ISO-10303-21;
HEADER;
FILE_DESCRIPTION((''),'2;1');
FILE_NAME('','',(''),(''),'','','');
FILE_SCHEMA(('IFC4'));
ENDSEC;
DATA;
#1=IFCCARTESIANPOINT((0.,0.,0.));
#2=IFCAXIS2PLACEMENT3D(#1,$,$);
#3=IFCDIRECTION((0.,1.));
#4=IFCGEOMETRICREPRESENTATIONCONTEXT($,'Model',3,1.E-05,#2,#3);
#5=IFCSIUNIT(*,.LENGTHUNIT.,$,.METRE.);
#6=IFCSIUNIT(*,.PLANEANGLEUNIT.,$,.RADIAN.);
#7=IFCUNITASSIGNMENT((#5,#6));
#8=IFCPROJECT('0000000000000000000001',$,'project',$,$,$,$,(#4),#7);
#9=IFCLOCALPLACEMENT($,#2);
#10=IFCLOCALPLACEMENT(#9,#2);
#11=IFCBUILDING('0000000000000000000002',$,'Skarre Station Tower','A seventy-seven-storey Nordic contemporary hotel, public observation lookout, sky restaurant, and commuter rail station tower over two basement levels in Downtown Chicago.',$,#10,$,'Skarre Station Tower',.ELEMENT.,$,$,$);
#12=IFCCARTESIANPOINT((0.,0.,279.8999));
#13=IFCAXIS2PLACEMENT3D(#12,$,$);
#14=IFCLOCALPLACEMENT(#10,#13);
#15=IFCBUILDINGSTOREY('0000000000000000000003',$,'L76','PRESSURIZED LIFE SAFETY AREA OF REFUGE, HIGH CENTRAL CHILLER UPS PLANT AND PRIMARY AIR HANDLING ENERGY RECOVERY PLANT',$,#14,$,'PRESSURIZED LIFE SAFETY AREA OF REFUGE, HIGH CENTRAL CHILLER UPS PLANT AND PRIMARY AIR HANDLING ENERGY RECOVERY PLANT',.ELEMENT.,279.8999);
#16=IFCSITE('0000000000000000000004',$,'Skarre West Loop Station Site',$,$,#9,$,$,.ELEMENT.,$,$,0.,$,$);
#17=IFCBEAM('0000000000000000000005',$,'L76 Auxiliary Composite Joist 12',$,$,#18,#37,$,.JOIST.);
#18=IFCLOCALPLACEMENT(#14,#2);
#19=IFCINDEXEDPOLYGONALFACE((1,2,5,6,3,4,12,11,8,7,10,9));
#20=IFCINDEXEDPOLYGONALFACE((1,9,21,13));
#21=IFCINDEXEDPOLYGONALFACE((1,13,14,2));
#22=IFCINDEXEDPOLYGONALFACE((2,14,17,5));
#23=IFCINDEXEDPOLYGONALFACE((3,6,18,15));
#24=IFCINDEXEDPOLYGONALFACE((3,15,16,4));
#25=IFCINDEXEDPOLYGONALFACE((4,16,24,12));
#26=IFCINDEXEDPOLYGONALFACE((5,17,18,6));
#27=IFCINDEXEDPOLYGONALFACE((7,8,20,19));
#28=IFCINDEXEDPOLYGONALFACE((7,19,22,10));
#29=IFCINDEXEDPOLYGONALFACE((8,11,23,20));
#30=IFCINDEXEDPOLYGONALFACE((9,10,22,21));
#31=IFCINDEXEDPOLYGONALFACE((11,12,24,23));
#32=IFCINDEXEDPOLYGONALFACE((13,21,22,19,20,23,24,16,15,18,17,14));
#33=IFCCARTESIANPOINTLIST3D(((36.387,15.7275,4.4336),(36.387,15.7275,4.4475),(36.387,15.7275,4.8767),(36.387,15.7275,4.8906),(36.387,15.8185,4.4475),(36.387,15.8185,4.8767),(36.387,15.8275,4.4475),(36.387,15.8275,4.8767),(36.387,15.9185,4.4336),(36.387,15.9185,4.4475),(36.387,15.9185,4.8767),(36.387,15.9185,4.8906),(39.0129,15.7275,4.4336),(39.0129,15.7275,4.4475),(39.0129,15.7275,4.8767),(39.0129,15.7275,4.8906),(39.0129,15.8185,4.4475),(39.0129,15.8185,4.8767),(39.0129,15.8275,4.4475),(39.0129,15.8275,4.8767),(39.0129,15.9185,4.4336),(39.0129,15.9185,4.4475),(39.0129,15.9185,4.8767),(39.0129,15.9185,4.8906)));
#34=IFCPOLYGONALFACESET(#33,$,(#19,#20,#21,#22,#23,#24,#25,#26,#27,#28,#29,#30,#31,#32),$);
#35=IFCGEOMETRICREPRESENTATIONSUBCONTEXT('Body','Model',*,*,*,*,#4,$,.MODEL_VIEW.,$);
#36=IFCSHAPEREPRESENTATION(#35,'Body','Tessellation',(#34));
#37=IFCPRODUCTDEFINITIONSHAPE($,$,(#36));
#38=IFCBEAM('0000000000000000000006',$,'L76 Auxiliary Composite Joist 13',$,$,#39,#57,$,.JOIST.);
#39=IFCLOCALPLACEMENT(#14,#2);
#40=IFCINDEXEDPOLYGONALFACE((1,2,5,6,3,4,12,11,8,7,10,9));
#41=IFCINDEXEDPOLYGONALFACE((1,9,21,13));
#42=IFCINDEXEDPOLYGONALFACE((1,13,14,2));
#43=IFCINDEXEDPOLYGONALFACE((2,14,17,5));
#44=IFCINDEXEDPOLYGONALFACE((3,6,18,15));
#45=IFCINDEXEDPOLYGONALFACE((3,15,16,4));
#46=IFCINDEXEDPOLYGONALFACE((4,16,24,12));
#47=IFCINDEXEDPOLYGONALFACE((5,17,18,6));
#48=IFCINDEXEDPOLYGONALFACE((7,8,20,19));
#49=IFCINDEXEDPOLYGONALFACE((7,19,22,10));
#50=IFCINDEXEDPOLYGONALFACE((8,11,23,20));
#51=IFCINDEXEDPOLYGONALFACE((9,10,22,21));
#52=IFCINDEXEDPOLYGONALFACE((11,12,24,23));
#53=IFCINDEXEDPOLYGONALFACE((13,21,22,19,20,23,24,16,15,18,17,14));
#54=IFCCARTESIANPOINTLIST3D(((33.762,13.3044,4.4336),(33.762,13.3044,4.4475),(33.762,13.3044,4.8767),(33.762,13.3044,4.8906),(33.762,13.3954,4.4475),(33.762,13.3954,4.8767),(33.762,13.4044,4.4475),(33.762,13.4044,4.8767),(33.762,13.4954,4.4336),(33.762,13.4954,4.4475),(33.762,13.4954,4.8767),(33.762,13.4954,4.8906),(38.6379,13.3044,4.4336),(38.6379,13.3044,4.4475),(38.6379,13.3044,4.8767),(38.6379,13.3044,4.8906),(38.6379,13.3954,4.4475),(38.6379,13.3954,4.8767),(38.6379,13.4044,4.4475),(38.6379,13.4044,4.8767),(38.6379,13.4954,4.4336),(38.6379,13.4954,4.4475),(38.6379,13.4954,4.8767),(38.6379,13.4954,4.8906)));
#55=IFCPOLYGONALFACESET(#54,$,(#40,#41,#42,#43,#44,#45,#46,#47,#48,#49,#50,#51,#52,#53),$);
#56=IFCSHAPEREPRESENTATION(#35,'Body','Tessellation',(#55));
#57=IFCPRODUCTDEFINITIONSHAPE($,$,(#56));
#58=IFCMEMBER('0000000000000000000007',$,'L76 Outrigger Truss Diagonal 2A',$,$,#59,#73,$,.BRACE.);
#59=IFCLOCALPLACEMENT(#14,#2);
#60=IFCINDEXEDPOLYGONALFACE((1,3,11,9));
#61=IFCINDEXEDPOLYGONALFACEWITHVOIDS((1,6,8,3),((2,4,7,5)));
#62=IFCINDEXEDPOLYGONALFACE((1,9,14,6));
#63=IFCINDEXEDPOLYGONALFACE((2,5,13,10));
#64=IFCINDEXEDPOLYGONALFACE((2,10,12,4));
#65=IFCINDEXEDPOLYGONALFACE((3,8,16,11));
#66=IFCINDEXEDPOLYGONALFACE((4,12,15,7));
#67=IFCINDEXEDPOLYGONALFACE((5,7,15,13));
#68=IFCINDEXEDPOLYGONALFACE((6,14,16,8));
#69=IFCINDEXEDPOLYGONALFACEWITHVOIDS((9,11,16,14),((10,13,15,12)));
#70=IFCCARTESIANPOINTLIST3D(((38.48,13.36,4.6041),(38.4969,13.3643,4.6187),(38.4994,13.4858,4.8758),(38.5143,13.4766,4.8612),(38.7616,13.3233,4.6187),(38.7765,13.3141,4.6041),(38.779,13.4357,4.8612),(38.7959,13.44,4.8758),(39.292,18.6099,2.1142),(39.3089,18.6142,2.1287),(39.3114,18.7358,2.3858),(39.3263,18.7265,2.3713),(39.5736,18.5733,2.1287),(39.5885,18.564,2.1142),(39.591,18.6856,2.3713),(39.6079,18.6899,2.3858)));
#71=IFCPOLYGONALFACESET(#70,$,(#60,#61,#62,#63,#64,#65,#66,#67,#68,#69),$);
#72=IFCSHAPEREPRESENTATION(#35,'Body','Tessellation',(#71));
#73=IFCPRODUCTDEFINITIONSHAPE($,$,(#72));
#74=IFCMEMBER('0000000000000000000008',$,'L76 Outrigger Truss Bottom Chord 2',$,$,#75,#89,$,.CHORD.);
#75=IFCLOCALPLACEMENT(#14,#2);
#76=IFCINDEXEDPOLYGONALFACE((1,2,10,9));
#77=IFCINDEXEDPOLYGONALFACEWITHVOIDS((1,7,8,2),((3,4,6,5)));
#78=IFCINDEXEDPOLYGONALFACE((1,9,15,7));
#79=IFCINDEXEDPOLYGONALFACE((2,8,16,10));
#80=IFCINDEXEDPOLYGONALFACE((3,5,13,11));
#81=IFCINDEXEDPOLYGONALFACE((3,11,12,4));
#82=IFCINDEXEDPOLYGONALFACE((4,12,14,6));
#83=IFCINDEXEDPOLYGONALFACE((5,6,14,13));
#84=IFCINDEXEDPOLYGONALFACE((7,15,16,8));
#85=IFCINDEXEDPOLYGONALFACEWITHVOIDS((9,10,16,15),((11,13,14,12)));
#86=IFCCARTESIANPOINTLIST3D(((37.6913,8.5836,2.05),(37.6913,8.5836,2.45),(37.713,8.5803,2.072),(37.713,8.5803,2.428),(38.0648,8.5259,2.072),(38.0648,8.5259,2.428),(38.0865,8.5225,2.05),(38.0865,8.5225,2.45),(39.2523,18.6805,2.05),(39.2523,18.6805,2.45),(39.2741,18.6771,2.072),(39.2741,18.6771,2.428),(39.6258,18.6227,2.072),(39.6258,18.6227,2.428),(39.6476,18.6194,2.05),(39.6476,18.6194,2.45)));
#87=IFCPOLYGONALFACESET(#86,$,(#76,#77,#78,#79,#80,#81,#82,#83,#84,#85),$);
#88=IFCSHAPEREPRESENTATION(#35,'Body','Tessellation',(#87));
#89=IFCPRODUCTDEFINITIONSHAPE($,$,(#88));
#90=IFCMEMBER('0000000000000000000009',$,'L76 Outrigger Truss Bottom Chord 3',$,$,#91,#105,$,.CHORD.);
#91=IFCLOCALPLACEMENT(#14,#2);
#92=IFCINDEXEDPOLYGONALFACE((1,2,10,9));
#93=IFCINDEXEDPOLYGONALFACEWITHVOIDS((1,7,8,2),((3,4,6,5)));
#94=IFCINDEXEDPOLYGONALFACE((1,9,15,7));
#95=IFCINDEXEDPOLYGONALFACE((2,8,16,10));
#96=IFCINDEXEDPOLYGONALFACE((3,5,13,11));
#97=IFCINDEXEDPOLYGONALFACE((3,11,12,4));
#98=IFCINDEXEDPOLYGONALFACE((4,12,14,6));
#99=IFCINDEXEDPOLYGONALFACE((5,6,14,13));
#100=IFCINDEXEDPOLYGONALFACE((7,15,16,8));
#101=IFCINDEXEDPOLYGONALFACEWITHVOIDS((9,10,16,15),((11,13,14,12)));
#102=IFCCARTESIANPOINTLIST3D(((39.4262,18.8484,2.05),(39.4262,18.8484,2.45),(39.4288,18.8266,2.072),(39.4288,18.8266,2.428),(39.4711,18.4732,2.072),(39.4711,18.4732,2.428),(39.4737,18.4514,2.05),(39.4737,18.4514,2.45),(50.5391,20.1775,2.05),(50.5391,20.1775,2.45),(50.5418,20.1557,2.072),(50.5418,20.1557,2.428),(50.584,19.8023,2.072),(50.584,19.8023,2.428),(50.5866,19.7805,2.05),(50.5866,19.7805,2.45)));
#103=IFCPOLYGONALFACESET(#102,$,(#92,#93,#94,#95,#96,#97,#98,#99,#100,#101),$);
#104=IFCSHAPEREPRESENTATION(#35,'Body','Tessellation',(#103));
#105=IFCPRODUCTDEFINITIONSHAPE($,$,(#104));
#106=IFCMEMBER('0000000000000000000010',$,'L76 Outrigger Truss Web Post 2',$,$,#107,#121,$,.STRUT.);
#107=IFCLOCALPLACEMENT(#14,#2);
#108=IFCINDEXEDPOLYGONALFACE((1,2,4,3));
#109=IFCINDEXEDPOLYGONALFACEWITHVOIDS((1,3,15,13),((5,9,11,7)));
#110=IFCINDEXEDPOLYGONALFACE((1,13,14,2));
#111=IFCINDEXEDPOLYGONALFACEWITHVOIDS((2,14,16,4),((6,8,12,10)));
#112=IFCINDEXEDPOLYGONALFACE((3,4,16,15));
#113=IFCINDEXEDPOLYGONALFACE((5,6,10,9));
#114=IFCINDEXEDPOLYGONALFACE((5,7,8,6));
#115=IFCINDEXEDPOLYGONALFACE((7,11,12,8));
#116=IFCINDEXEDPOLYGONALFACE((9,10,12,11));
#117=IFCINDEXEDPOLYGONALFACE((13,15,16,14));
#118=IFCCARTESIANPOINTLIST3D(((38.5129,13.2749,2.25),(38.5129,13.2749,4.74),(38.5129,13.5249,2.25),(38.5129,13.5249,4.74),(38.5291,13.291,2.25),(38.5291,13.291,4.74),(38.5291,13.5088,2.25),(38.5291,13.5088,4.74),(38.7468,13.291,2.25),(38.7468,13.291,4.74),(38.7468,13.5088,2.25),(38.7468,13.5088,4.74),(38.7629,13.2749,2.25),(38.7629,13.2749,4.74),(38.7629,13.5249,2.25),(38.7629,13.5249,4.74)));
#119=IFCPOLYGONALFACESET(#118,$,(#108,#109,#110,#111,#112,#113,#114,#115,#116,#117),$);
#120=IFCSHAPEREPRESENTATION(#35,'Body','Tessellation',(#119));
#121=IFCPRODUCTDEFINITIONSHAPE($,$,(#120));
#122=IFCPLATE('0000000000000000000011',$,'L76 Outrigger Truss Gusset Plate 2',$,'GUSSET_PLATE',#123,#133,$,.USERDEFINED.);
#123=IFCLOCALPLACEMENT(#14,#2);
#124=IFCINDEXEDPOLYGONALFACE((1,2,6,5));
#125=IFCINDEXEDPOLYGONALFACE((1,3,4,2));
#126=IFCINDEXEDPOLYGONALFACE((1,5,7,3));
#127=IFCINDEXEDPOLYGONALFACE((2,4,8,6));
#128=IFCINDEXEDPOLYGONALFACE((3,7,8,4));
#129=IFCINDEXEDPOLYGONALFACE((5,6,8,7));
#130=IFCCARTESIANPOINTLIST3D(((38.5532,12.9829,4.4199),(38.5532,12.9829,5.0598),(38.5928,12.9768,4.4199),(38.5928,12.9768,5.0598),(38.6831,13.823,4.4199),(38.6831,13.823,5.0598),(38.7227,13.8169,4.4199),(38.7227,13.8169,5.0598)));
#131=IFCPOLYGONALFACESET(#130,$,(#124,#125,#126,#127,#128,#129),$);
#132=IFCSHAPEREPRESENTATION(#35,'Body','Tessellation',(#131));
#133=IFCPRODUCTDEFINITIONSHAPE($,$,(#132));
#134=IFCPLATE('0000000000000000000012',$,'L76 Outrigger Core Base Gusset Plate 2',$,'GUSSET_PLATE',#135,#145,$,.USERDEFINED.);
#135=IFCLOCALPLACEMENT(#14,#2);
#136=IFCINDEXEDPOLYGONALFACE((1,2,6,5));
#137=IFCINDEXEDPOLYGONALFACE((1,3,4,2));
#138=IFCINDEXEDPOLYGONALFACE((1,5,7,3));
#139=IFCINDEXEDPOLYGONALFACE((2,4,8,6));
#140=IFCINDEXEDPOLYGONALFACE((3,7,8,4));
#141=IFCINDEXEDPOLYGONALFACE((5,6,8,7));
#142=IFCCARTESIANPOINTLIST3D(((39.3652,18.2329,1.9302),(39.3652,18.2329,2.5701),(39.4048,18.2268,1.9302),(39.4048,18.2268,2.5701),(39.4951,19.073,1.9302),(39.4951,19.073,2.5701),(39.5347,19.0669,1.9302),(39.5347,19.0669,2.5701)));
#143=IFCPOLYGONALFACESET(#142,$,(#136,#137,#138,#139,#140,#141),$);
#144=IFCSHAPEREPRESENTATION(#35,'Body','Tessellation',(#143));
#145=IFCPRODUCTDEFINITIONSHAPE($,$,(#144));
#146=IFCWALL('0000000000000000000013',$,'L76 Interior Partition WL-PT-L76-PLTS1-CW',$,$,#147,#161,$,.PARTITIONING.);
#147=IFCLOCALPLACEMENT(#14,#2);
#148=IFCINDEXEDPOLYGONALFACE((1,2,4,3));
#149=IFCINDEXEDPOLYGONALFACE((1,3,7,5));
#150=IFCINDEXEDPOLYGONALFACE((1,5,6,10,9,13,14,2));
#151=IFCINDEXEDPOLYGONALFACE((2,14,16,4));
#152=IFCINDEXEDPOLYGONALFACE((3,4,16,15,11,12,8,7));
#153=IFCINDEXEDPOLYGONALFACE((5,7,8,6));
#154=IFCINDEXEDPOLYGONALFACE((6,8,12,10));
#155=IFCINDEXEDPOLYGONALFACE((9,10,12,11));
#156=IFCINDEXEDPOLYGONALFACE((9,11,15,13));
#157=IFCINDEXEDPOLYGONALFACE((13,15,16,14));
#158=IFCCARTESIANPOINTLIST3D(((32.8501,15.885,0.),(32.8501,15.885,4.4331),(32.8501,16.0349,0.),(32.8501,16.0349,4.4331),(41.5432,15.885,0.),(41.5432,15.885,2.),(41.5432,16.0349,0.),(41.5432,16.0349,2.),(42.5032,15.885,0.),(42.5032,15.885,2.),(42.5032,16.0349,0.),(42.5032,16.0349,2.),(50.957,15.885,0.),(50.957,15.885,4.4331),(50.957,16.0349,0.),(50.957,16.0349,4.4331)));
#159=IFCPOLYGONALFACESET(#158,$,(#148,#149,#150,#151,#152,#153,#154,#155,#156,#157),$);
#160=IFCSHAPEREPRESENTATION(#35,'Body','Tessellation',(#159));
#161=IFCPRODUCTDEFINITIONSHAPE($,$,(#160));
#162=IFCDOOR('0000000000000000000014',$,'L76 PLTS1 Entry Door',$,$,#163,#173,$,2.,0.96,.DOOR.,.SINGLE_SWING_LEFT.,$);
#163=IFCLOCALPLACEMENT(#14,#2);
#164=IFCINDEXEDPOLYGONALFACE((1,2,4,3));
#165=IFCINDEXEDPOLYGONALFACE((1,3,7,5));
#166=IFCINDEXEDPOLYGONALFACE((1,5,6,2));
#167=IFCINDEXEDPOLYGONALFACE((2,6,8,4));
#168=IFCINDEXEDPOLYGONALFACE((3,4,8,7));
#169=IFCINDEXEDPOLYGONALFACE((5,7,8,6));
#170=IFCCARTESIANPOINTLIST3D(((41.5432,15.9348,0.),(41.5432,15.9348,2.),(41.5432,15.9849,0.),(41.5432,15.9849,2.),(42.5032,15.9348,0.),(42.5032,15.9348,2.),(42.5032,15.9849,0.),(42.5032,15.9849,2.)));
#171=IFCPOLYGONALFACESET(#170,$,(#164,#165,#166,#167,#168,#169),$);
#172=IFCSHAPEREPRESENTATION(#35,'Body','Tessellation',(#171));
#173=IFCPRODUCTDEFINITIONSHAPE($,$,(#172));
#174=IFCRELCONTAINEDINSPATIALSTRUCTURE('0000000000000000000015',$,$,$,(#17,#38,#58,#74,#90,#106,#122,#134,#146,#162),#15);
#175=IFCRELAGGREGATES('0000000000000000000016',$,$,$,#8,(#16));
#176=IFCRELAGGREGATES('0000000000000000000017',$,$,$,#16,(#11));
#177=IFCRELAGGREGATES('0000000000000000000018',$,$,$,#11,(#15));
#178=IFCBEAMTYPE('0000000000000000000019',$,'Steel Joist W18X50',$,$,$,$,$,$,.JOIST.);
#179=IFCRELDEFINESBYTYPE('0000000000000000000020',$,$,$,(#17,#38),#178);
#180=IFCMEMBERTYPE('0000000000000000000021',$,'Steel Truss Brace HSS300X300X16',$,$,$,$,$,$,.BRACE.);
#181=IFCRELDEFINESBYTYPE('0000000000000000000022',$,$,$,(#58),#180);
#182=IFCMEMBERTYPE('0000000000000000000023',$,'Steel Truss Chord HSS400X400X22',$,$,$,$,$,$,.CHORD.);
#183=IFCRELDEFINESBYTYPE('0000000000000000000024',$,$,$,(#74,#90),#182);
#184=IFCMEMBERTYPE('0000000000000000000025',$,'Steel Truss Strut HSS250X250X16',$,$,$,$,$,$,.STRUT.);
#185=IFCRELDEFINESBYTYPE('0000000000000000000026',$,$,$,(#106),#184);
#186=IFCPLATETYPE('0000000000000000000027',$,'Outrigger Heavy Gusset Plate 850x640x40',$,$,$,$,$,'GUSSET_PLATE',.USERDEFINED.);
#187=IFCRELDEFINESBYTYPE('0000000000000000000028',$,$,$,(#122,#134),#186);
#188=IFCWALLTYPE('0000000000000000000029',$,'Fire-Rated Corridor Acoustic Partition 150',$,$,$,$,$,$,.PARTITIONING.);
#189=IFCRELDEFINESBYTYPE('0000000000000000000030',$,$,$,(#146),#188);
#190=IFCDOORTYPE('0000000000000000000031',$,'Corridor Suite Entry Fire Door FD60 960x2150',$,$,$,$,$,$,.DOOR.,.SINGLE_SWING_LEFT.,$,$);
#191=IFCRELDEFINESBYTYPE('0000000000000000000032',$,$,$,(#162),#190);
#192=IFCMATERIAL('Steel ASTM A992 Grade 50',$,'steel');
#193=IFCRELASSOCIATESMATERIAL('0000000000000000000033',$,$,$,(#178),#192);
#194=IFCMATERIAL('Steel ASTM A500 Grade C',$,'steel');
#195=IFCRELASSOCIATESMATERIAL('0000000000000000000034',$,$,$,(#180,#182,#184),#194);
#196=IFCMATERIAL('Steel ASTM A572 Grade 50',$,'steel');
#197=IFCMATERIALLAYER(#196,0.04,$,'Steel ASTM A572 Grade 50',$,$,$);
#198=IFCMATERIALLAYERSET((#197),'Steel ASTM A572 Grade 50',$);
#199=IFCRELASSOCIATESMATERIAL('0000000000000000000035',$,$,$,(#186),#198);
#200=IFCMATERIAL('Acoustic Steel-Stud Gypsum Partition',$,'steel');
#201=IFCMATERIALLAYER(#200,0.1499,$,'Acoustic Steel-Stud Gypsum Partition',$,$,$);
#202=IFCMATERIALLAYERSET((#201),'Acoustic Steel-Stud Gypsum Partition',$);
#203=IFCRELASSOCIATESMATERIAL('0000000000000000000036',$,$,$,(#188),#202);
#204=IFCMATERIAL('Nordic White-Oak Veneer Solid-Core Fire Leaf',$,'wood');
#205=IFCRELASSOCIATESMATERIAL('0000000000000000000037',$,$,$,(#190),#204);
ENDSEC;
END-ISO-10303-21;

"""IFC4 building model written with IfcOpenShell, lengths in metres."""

from ifc_helpers import new_model, si_unit, direction, frame, frame_2d, origin, origin_2d, place, context, subcontext, project, spatial, rectangle, hollow_rectangle, i_section, extrude, material, layer, layer_set, material_profile, profile_set, type_object, element, fill, save


model = new_model("IFC4")

# Units and contexts
model_context = context("Model", 3, precision=1e-05, world=origin(), true_north=direction((0.0, 1.0)))
body_context = subcontext(model_context, "Body", "Model", "MODEL_VIEW")
ifc_project = project(units=[si_unit("LENGTHUNIT", "METRE"), si_unit("PLANEANGLEUNIT", "RADIAN")], contexts=[model_context])

# Site, building, storey
site_placement = place(None, origin())
site = spatial("IfcSite", under=ifc_project, at=site_placement, Name="Skarre West Loop Station Site", CompositionType="ELEMENT", RefElevation=0.0)
building_placement = place(site_placement, origin())
building = spatial("IfcBuilding", under=site, at=building_placement, Name="Skarre Station Tower", Description="A seventy-seven-storey Nordic contemporary hotel, public observation lookout, sky restaurant, and commuter rail station tower over two basement levels in Downtown Chicago.", LongName="Skarre Station Tower", CompositionType="ELEMENT")
storey_placement = place(building_placement, frame((0.0, 0.0, 279.8999)))
storey = spatial("IfcBuildingStorey", under=building, at=storey_placement, Name="L76", Description="PRESSURIZED LIFE SAFETY AREA OF REFUGE, HIGH CENTRAL CHILLER UPS PLANT AND PRIMARY AIR HANDLING ENERGY RECOVERY PLANT", LongName="PRESSURIZED LIFE SAFETY AREA OF REFUGE, HIGH CENTRAL CHILLER UPS PLANT AND PRIMARY AIR HANDLING ENERGY RECOVERY PLANT", CompositionType="ELEMENT", Elevation=279.8999)

# Beams
ifc_material_1 = material(Name="Steel ASTM A992 Grade 50", Category="steel")
ifc_material_profile_1 = material_profile(ifc_material_1, i_section(OverallWidth=0.1909, OverallDepth=0.457, WebThickness=0.009, FlangeThickness=0.0139, at=origin_2d()), Name="Steel ASTM A992 Grade 50")
ifc_profile_set_1 = profile_set([ifc_material_profile_1], Name="Steel ASTM A992 Grade 50")
beam_type_1 = type_object("IfcBeamType", Name="Steel Joist W18X50", PredefinedType="JOIST", material=ifc_profile_set_1)
beam_1_placement = place(storey_placement, frame((36.387, 15.823, 4.6621), z_axis=(1.0, 0.0, 0.0), x_axis=(0.0, 1.0, 0.0)))
element("IfcBeam", 1, at=beam_1_placement, inside=storey, type_object=beam_type_1, Name="L76 Auxiliary Composite Joist 12", PredefinedType="JOIST", context=body_context, shape_type="SweptSolid", body=[
    extrude(i_section(OverallWidth=0.1909, OverallDepth=0.457, WebThickness=0.009, FlangeThickness=0.0139, at=origin_2d()), origin(), (0.0, 0.0, 1.0), 2.626),
])
beam_2_placement = place(storey_placement, frame((33.762, 13.3999, 4.6621), z_axis=(1.0, 0.0, 0.0), x_axis=(0.0, 1.0, 0.0)))
element("IfcBeam", 2, at=beam_2_placement, inside=storey, type_object=beam_type_1, Name="L76 Auxiliary Composite Joist 13", PredefinedType="JOIST", context=body_context, shape_type="SweptSolid", body=[
    extrude(i_section(OverallWidth=0.1909, OverallDepth=0.457, WebThickness=0.009, FlangeThickness=0.0139, at=origin_2d()), origin(), (0.0, 0.0, 1.0), 4.876),
])

# Members
ifc_material_2 = material(Name="Steel ASTM A500 Grade C", Category="steel")
ifc_material_profile_2 = material_profile(ifc_material_2, hollow_rectangle(XDim=0.3, YDim=0.3, WallThickness=0.0161, at=origin_2d()), Name="Steel ASTM A500 Grade C")
ifc_profile_set_2 = profile_set([ifc_material_profile_2], Name="Steel ASTM A500 Grade C")
member_type_1 = type_object("IfcMemberType", Name="Steel Truss Brace HSS300X300X16", PredefinedType="BRACE", material=ifc_profile_set_2)
member_1_placement = place(storey_placement, frame((39.45, 18.6499, 2.25), z_axis=(-0.138403, -0.894833, 0.424405), x_axis=(0.988249, -0.152851, 0.0)))
element("IfcMember", 3, at=member_1_placement, inside=storey, type_object=member_type_1, Name="L76 Outrigger Truss Diagonal 2A", PredefinedType="BRACE", context=body_context, shape_type="SweptSolid", body=[
    extrude(hollow_rectangle(XDim=0.3, YDim=0.3, WallThickness=0.0161, at=origin_2d()), origin(), (0.0, 0.0, 1.0), 5.8669),
])
ifc_material_profile_3 = material_profile(ifc_material_2, hollow_rectangle(XDim=0.3999, YDim=0.3999, WallThickness=0.022, at=origin_2d()), Name="Steel ASTM A500 Grade C")
ifc_profile_set_3 = profile_set([ifc_material_profile_3], Name="Steel ASTM A500 Grade C")
member_type_2 = type_object("IfcMemberType", Name="Steel Truss Chord HSS400X400X22", PredefinedType="CHORD", material=ifc_profile_set_3)
member_2_placement = place(storey_placement, frame((39.45, 18.6499, 2.25), z_axis=(-0.15279, -0.988259, 0.0), x_axis=(0.988259, -0.15279, 0.0)))
element("IfcMember", 4, at=member_2_placement, inside=storey, type_object=member_type_2, Name="L76 Outrigger Truss Bottom Chord 2", PredefinedType="CHORD", context=body_context, shape_type="SweptSolid", body=[
    extrude(hollow_rectangle(XDim=0.3999, YDim=0.3999, WallThickness=0.022, at=origin_2d()), origin(), (0.0, 0.0, 1.0), 10.2168),
])
member_3_placement = place(storey_placement, frame((39.45, 18.6499, 2.25), z_axis=(0.992924, 0.118752, 0.0), x_axis=(-0.118752, 0.992924, 0.0)))
element("IfcMember", 5, at=member_3_placement, inside=storey, type_object=member_type_2, Name="L76 Outrigger Truss Bottom Chord 3", PredefinedType="CHORD", context=body_context, shape_type="SweptSolid", body=[
    extrude(hollow_rectangle(XDim=0.3999, YDim=0.3999, WallThickness=0.022, at=origin_2d()), origin(), (0.0, 0.0, 1.0), 11.1921),
])
ifc_material_profile_4 = material_profile(ifc_material_2, hollow_rectangle(XDim=0.25, YDim=0.25, WallThickness=0.0161, at=origin_2d()), Name="Steel ASTM A500 Grade C")
ifc_profile_set_4 = profile_set([ifc_material_profile_4], Name="Steel ASTM A500 Grade C")
member_type_3 = type_object("IfcMemberType", Name="Steel Truss Strut HSS250X250X16", PredefinedType="STRUT", material=ifc_profile_set_4)
member_4_placement = place(storey_placement, frame((38.6379, 13.3999, 2.25), z_axis=(0.0, 0.0, 1.0), x_axis=(1.0, 0.0, 0.0)))
element("IfcMember", 6, at=member_4_placement, inside=storey, type_object=member_type_3, Name="L76 Outrigger Truss Web Post 2", PredefinedType="STRUT", context=body_context, shape_type="SweptSolid", body=[
    extrude(hollow_rectangle(XDim=0.25, YDim=0.25, WallThickness=0.0161, at=origin_2d()), origin(), (0.0, 0.0, 1.0), 2.49),
])

# Plates
ifc_material_3 = material(Name="Steel ASTM A572 Grade 50", Category="steel")
ifc_layer_1 = layer(ifc_material_3, 0.04, Name="Steel ASTM A572 Grade 50")
ifc_layer_set_1 = layer_set([ifc_layer_1], Name="Steel ASTM A572 Grade 50")
plate_type = type_object("IfcPlateType", Name="Outrigger Heavy Gusset Plate 850x640x40", ElementType="GUSSET_PLATE", PredefinedType="USERDEFINED", material=ifc_layer_set_1)
for number, where, z_axis, x_axis, name in (
    (7, (38.6379, 13.3999, 4.4199), (0.0, 0.0, 1.0), (-0.152779, -0.98826, 0.0), "L76 Outrigger Truss Gusset Plate 2"),
    (8, (39.45, 18.6499, 1.9302), (0.0, 0.0, 1.0), (-0.152779, -0.98826, 0.0), "L76 Outrigger Core Base Gusset Plate 2"),
):
    element("IfcPlate", number, at=place(storey_placement, frame(where, z_axis=z_axis, x_axis=x_axis)), inside=storey, type_object=plate_type, Name=name, ObjectType="GUSSET_PLATE", PredefinedType="USERDEFINED", context=body_context, shape_type="SweptSolid", body=[
        extrude(rectangle(XDim=0.8501, YDim=0.04, at=origin_2d()), origin(), (0.0, 0.0, 1.0), 0.6399),
    ])

# Wall, opening, door
ifc_material_4 = material(Name="Acoustic Steel-Stud Gypsum Partition", Category="steel")
ifc_layer_2 = layer(ifc_material_4, 0.1499, Name="Acoustic Steel-Stud Gypsum Partition")
ifc_layer_set_2 = layer_set([ifc_layer_2], Name="Acoustic Steel-Stud Gypsum Partition")
wall_type_1 = type_object("IfcWallType", Name="Fire-Rated Corridor Acoustic Partition 150", PredefinedType="PARTITIONING", material=ifc_layer_set_2)
wall_1_placement = place(storey_placement, frame((32.8501, 15.96, 0.0), z_axis=(0.0, 0.0, 1.0), x_axis=(1.0, 0.0, 0.0)))
wall_1 = element("IfcWall", 9, at=wall_1_placement, inside=storey, type_object=wall_type_1, Name="L76 Interior Partition WL-PT-L76-PLTS1-CW", PredefinedType="PARTITIONING", context=body_context, shape_type="SweptSolid", body=[
    extrude(rectangle(XDim=18.1069, YDim=0.1499, at=frame_2d((9.0535, 0.0))), origin(), (0.0, 0.0, 1.0), 4.4331),
])
opening_1_placement = place(wall_1_placement, frame((8.6931, 0.0, 0.0)))
opening_1 = element("IfcOpeningElement", 10, at=opening_1_placement, cuts=wall_1, PredefinedType="OPENING", context=body_context, shape_type="SweptSolid", body=[
    extrude(rectangle(XDim=0.96, YDim=2.0, at=frame_2d((0.48, 1.0))), frame((0.0, 0.085, 0.0), z_axis=(0.0, -1.0, 0.0), x_axis=(1.0, 0.0, 0.0)), (0.0, 0.0, 1.0), 0.1699),
])
ifc_material_5 = material(Name="Nordic White-Oak Veneer Solid-Core Fire Leaf", Category="wood")
door_type_1 = type_object("IfcDoorType", Name="Corridor Suite Entry Fire Door FD60 960x2150", OperationType="SINGLE_SWING_LEFT", PredefinedType="DOOR", material=ifc_material_5)
door_1_placement = place(opening_1_placement, origin())
door_1 = element("IfcDoor", 11, at=door_1_placement, inside=storey, type_object=door_type_1, Name="L76 PLTS1 Entry Door", OperationType="SINGLE_SWING_LEFT", OverallHeight=2.0, OverallWidth=0.96, PredefinedType="DOOR", context=body_context, shape_type="SweptSolid", body=[
    extrude(rectangle(XDim=0.96, YDim=2.0, at=frame_2d((0.48, 1.0))), frame((0.0, 0.0249, 0.0), z_axis=(0.0, -1.0, 0.0), x_axis=(1.0, 0.0, 0.0)), (0.0, 0.0, 1.0), 0.05),
])
fill(opening_1, door_1)

save(model, "model.ifc")
